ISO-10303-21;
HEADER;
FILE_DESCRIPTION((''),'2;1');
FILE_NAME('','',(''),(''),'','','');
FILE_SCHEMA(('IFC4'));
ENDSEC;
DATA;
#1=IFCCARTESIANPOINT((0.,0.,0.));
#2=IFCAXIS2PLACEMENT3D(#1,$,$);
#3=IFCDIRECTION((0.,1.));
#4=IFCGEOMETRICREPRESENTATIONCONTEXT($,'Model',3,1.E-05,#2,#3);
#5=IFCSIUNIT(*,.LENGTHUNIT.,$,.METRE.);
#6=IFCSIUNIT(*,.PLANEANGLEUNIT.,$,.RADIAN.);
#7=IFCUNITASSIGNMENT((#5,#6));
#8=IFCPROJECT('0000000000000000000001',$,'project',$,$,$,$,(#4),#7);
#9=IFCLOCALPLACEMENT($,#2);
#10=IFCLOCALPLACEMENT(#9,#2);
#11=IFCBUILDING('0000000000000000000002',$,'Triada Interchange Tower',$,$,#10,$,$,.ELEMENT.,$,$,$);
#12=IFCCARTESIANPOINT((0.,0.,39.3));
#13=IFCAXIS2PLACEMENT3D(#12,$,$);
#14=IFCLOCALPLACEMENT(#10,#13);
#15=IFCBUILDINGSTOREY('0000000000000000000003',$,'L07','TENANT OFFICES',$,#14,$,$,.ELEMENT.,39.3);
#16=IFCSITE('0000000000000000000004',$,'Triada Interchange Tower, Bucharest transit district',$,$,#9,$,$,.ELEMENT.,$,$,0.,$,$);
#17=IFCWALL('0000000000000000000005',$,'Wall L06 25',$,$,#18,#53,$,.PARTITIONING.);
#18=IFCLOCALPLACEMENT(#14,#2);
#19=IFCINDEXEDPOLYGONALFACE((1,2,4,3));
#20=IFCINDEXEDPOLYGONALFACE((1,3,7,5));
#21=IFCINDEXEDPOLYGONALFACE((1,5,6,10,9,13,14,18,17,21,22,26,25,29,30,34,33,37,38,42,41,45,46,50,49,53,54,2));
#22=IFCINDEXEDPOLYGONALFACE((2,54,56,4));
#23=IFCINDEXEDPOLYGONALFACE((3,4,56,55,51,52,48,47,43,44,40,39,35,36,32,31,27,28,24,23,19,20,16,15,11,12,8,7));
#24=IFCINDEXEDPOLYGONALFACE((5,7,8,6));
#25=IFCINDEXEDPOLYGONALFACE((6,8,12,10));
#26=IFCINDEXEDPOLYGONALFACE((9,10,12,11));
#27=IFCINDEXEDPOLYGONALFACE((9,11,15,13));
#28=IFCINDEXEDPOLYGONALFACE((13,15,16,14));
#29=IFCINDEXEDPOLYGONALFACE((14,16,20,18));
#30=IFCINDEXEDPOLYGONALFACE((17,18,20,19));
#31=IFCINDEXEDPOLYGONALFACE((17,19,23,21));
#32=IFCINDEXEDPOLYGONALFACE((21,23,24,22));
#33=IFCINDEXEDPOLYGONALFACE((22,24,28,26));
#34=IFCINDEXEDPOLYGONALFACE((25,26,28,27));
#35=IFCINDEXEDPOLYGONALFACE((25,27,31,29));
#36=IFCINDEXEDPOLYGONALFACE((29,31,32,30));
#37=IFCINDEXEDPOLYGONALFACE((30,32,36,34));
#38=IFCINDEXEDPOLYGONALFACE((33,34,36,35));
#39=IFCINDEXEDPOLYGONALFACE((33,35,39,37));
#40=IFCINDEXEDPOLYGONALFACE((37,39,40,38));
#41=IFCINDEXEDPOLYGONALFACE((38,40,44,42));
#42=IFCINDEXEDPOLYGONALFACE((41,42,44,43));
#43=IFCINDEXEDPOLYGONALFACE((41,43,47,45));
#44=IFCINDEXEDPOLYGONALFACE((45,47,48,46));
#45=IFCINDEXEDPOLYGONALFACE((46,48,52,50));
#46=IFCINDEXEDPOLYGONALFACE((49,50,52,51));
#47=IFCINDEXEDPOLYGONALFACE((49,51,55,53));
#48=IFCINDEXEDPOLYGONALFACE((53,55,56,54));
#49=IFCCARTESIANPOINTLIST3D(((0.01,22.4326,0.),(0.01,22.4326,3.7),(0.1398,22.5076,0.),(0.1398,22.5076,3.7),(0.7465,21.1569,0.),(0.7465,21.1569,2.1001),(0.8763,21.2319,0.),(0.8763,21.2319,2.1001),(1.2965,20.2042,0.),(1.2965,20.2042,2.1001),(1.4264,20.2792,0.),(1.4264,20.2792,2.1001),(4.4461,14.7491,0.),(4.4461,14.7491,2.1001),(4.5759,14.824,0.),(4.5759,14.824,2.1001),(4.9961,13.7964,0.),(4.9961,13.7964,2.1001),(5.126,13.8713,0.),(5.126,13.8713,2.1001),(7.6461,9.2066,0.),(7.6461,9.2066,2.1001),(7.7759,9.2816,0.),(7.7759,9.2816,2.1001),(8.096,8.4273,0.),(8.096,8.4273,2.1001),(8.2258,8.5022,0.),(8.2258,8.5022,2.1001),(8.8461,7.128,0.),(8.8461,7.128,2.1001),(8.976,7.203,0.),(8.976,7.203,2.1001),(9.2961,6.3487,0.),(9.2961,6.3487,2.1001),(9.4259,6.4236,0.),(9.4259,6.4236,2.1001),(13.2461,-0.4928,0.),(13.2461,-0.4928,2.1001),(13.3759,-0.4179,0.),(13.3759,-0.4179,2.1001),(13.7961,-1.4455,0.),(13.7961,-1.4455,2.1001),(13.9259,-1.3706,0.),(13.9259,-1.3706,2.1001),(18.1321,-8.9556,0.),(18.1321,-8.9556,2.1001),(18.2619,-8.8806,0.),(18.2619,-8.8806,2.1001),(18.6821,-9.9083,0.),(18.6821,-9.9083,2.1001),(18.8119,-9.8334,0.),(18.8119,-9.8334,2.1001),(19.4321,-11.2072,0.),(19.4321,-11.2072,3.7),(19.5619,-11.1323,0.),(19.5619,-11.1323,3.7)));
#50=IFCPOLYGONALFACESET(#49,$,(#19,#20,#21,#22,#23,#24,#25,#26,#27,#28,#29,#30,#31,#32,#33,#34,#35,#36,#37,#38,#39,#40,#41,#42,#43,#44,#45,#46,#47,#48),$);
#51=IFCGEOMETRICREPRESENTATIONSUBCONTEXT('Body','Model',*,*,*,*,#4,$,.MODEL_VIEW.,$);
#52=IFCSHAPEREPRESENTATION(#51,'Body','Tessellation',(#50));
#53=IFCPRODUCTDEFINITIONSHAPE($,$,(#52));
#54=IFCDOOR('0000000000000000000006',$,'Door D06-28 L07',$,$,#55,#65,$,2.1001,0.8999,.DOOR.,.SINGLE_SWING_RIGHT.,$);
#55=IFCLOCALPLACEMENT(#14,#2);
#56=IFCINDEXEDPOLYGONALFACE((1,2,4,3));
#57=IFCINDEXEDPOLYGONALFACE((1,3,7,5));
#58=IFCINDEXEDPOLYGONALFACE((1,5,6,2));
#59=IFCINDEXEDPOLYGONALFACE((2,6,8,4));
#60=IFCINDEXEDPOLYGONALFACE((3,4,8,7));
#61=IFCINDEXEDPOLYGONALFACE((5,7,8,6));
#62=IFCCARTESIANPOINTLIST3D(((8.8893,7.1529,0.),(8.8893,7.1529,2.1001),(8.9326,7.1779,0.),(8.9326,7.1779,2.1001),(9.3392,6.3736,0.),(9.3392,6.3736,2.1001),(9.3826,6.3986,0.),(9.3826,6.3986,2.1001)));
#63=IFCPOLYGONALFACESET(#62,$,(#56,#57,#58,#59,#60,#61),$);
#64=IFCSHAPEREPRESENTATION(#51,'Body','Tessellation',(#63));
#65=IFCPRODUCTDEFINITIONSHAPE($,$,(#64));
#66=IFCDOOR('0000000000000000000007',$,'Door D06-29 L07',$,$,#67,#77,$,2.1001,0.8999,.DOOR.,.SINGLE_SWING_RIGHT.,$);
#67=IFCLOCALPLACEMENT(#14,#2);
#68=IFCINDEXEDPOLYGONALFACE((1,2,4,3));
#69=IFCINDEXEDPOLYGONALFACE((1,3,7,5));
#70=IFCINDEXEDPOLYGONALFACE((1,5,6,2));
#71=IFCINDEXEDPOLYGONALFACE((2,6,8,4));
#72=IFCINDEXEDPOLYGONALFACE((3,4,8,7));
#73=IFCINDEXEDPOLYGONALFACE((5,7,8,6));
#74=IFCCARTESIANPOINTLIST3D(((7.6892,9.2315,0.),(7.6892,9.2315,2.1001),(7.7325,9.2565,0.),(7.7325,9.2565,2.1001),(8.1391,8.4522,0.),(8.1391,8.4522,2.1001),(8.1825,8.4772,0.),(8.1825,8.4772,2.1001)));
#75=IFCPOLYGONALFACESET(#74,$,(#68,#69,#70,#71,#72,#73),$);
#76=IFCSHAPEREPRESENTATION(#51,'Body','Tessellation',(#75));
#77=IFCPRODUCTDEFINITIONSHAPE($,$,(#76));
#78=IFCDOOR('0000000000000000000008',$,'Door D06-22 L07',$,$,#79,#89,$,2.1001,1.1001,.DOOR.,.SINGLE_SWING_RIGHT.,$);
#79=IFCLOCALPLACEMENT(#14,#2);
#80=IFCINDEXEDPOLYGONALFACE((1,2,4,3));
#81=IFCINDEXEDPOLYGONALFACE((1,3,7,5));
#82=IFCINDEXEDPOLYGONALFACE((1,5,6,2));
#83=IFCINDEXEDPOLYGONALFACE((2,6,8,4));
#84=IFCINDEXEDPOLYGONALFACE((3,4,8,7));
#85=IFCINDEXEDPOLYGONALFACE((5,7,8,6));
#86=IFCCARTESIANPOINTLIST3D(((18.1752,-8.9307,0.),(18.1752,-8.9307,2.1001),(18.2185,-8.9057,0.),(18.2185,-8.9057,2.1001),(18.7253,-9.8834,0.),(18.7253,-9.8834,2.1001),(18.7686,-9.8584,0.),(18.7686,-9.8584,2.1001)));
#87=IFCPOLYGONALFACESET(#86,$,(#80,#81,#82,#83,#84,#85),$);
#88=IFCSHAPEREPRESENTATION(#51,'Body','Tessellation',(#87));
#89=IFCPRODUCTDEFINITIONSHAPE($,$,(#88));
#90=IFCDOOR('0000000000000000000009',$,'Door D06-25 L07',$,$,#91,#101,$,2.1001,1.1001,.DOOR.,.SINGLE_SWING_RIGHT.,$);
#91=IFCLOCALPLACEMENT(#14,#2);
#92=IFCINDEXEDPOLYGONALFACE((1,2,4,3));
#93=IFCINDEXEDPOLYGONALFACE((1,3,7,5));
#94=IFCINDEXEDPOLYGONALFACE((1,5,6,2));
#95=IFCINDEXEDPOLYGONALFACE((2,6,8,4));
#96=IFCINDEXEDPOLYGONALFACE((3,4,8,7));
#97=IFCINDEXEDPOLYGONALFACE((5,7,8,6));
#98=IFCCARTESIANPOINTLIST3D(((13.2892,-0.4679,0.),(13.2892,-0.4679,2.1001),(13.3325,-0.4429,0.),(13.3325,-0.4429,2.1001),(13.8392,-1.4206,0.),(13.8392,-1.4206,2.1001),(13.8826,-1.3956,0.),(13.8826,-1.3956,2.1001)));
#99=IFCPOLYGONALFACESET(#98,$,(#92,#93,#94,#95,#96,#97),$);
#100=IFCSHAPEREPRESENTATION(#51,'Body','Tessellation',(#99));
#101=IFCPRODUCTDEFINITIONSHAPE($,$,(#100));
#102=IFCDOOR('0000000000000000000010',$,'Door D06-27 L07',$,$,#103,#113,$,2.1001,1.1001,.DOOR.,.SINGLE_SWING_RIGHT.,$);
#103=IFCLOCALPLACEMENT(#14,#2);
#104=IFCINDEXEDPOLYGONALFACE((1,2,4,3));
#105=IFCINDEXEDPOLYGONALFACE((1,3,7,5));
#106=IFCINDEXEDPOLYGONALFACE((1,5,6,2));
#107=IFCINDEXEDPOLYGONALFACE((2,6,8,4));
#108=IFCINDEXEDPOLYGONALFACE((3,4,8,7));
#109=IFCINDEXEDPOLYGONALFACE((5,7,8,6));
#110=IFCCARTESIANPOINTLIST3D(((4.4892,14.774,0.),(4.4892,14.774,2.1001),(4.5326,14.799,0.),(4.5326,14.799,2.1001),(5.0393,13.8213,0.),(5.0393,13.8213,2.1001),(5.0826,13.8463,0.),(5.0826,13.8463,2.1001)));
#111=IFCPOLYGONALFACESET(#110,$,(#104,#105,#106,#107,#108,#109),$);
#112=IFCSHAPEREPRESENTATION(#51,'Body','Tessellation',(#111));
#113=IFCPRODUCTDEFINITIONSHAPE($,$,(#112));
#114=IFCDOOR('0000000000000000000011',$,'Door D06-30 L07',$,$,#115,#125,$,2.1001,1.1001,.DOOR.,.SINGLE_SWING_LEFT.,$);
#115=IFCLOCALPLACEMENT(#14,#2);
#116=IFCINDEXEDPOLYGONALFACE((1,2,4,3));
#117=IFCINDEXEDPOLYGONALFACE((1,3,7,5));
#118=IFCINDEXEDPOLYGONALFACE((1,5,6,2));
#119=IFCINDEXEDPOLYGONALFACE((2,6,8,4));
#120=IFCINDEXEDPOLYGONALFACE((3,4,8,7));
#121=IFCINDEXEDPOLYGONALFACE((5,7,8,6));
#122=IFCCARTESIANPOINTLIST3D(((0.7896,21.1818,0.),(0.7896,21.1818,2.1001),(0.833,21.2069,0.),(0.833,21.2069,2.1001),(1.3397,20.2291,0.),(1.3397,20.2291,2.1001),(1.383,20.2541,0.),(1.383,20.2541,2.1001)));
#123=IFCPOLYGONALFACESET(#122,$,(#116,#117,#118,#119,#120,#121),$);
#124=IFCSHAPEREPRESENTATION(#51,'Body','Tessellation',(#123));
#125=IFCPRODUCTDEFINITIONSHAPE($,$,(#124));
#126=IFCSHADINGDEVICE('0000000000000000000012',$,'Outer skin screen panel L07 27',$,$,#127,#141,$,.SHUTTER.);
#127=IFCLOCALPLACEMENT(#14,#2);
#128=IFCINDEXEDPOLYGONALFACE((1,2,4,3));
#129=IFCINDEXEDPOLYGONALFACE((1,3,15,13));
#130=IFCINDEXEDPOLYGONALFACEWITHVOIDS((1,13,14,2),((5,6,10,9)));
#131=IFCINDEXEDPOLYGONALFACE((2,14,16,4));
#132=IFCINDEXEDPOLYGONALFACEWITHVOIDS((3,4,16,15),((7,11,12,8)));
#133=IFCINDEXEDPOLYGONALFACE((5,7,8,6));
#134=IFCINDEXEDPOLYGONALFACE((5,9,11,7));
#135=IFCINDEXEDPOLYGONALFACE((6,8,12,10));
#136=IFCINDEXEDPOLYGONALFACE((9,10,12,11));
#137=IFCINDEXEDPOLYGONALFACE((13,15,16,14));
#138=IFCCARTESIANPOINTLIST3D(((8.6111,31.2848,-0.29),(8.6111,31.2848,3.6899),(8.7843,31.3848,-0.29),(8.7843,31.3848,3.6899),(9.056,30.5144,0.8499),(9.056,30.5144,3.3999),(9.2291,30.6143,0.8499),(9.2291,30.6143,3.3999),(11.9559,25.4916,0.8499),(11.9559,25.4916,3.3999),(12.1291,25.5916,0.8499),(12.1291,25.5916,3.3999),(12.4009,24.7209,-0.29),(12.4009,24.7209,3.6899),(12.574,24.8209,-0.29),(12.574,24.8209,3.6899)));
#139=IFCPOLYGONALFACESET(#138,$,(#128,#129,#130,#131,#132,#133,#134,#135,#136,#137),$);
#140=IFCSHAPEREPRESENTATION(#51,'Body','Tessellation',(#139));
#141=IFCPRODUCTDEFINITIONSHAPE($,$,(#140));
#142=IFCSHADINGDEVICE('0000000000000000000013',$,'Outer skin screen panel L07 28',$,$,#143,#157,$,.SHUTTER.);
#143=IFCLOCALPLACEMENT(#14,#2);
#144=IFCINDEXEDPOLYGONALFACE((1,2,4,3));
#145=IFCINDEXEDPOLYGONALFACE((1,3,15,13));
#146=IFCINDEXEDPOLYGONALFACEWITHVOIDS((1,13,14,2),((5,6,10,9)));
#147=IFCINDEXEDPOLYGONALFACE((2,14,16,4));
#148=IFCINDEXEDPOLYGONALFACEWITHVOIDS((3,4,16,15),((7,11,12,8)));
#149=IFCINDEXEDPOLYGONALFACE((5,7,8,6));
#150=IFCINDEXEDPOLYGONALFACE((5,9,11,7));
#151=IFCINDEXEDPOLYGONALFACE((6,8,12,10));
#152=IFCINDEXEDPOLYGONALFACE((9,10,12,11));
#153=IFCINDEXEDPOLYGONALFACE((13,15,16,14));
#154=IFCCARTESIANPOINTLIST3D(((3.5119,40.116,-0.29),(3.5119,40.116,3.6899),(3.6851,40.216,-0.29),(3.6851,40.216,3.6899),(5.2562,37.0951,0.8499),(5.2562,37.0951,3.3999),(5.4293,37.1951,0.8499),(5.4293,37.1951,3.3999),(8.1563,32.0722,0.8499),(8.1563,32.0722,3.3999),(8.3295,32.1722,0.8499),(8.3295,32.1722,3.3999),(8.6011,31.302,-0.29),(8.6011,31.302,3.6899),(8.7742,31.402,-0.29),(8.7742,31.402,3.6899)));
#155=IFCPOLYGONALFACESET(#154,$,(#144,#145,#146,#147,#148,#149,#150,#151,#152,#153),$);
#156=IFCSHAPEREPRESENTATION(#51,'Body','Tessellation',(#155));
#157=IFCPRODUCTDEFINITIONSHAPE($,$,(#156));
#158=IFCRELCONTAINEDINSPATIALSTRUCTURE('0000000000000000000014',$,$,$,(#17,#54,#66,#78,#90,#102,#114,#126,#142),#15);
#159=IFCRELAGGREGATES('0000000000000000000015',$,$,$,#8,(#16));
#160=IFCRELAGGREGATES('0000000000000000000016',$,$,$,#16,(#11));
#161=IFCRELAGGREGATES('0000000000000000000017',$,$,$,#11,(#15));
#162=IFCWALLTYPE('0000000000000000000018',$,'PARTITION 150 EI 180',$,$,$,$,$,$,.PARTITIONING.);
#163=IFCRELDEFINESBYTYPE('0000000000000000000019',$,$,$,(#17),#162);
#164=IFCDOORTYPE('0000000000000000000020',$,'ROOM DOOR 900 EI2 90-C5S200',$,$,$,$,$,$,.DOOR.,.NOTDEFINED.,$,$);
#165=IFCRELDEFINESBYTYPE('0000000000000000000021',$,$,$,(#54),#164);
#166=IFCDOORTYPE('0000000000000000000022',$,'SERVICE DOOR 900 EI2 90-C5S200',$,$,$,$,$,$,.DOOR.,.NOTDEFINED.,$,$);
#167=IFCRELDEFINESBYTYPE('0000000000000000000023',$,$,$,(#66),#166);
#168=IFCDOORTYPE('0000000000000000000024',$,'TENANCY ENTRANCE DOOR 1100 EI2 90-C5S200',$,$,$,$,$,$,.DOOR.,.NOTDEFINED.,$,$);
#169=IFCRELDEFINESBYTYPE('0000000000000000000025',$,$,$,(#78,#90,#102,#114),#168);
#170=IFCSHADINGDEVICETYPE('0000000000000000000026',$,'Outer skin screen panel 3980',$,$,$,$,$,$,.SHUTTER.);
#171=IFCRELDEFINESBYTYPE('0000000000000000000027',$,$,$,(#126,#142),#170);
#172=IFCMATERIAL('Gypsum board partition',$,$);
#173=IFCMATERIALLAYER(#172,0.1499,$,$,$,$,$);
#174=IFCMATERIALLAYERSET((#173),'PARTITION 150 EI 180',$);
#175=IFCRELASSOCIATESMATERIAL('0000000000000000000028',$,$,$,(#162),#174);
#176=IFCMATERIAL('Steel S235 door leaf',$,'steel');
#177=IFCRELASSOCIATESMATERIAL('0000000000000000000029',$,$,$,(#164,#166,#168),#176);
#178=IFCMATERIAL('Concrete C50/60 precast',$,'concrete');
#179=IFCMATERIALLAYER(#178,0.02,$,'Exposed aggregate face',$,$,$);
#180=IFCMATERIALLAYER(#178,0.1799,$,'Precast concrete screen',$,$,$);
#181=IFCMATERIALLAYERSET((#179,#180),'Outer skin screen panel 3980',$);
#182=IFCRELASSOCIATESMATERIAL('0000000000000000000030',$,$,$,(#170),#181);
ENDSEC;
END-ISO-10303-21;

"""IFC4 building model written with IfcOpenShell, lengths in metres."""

from ifc_helpers import new_model, si_unit, direction, frame, frame_2d, origin, place, context, subcontext, project, spatial, polyline, rectangle, outline, extrude, material, layer, layer_set, type_object, element, fill, save


model = new_model("IFC4")

# Units and contexts
model_context = context("Model", 3, precision=1e-05, world=origin(), true_north=direction((0.0, 1.0)))
body_context = subcontext(model_context, "Body", "Model", "MODEL_VIEW")
ifc_project = project(units=[si_unit("LENGTHUNIT", "METRE"), si_unit("PLANEANGLEUNIT", "RADIAN")], contexts=[model_context])

# Site, building, storey
site_placement = place(None, origin())
site = spatial("IfcSite", under=ifc_project, at=site_placement, Name="Triada Interchange Tower, Bucharest transit district", CompositionType="ELEMENT", RefElevation=0.0)
building_placement = place(site_placement, origin())
building = spatial("IfcBuilding", under=site, at=building_placement, Name="Triada Interchange Tower", CompositionType="ELEMENT")
storey_placement = place(building_placement, frame((0.0, 0.0, 39.3)))
storey = spatial("IfcBuildingStorey", under=building, at=storey_placement, Name="L07", Description="TENANT OFFICES", CompositionType="ELEMENT", Elevation=39.3)

# Shared definitions
ifc_material_1 = material(Name="Gypsum board partition")
ifc_layer_1 = layer(ifc_material_1, 0.1499)
ifc_layer_set_1 = layer_set([ifc_layer_1], Name="PARTITION 150 EI 180")
wall_type_1 = type_object("IfcWallType", Name="PARTITION 150 EI 180", PredefinedType="PARTITIONING", material=ifc_layer_set_1)

# Wall, openings, doors
wall_1_placement = place(storey_placement, frame((0.075, 22.47, 0.0), z_axis=(0.0, 0.0, 1.0), x_axis=(0.500002, -0.866024, 0.0)))
wall_1 = element("IfcWall", 1, at=wall_1_placement, inside=storey, type_object=wall_type_1, Name="Wall L06 25", PredefinedType="PARTITIONING", context=body_context, shape_type="SweptSolid", body=[
    extrude(rectangle(XDim=38.844, YDim=0.1499, at=frame_2d((19.4219, 0.0))), origin(), (0.0, 0.0, 1.0), 3.7),
])
opening_1_placement = place(wall_1_placement, frame((36.2439, 0.0, 0.0)))
opening_1 = element("IfcOpeningElement", 2, at=opening_1_placement, cuts=wall_1, PredefinedType="OPENING", context=body_context, shape_type="SweptSolid", body=[
    extrude(rectangle(XDim=1.1001, YDim=2.1001, at=frame_2d((0.55, 1.05))), frame((0.0, 0.085, 0.0), z_axis=(0.0, -1.0, 0.0), x_axis=(1.0, 0.0, 0.0)), (0.0, 0.0, 1.0), 0.1699),
])
opening_2_placement = place(wall_1_placement, frame((26.4719, 0.0, 0.0)))
opening_2 = element("IfcOpeningElement", 3, at=opening_2_placement, cuts=wall_1, PredefinedType="OPENING", context=body_context, shape_type="SweptSolid", body=[
    extrude(rectangle(XDim=1.1001, YDim=2.1001, at=frame_2d((0.55, 1.05))), frame((0.0, 0.085, 0.0), z_axis=(0.0, -1.0, 0.0), x_axis=(1.0, 0.0, 0.0)), (0.0, 0.0, 1.0), 0.1699),
])
opening_3_placement = place(wall_1_placement, frame((8.8721, 0.0, 0.0)))
opening_3 = element("IfcOpeningElement", 4, at=opening_3_placement, cuts=wall_1, PredefinedType="OPENING", context=body_context, shape_type="SweptSolid", body=[
    extrude(rectangle(XDim=1.1001, YDim=2.1001, at=frame_2d((0.55, 1.05))), frame((0.0, 0.085, 0.0), z_axis=(0.0, -1.0, 0.0), x_axis=(1.0, 0.0, 0.0)), (0.0, 0.0, 1.0), 0.1699),
])
opening_4_placement = place(wall_1_placement, frame((17.6721, 0.0, 0.0)))
opening_4 = element("IfcOpeningElement", 5, at=opening_4_placement, cuts=wall_1, PredefinedType="OPENING", context=body_context, shape_type="SweptSolid", body=[
    extrude(rectangle(XDim=0.8999, YDim=2.1001, at=frame_2d((0.45, 1.05))), frame((0.0, 0.085, 0.0), z_axis=(0.0, -1.0, 0.0), x_axis=(1.0, 0.0, 0.0)), (0.0, 0.0, 1.0), 0.1699),
])
opening_5_placement = place(wall_1_placement, frame((15.272, 0.0, 0.0)))
opening_5 = element("IfcOpeningElement", 6, at=opening_5_placement, cuts=wall_1, PredefinedType="OPENING", context=body_context, shape_type="SweptSolid", body=[
    extrude(rectangle(XDim=0.8999, YDim=2.1001, at=frame_2d((0.45, 1.05))), frame((0.0, 0.085, 0.0), z_axis=(0.0, -1.0, 0.0), x_axis=(1.0, 0.0, 0.0)), (0.0, 0.0, 1.0), 0.1699),
])
opening_6_placement = place(wall_1_placement, frame((1.4729, 0.0, 0.0)))
opening_6 = element("IfcOpeningElement", 7, at=opening_6_placement, cuts=wall_1, PredefinedType="OPENING", context=body_context, shape_type="SweptSolid", body=[
    extrude(rectangle(XDim=1.1001, YDim=2.1001, at=frame_2d((0.55, 1.05))), frame((0.0, 0.085, 0.0), z_axis=(0.0, -1.0, 0.0), x_axis=(1.0, 0.0, 0.0)), (0.0, 0.0, 1.0), 0.1699),
])
ifc_material_2 = material(Name="Steel S235 door leaf", Category="steel")
door_type_1 = type_object("IfcDoorType", Name="ROOM DOOR 900 EI2 90-C5S200", OperationType="NOTDEFINED", PredefinedType="DOOR", material=ifc_material_2)
door_1_placement = place(opening_4_placement, origin())
door_1 = element("IfcDoor", 8, at=door_1_placement, inside=storey, type_object=door_type_1, Name="Door D06-28 L07", OperationType="SINGLE_SWING_RIGHT", OverallHeight=2.1001, OverallWidth=0.8999, PredefinedType="DOOR", context=body_context, shape_type="SweptSolid", body=[
    extrude(rectangle(XDim=0.8999, YDim=2.1001, at=frame_2d((0.45, 1.05))), frame((0.0, 0.0249, 0.0), z_axis=(0.0, -1.0, 0.0), x_axis=(1.0, 0.0, 0.0)), (0.0, 0.0, 1.0), 0.05),
])
fill(opening_4, door_1)
door_type_2 = type_object("IfcDoorType", Name="SERVICE DOOR 900 EI2 90-C5S200", OperationType="NOTDEFINED", PredefinedType="DOOR", material=ifc_material_2)
door_2_placement = place(opening_5_placement, origin())
door_2 = element("IfcDoor", 9, at=door_2_placement, inside=storey, type_object=door_type_2, Name="Door D06-29 L07", OperationType="SINGLE_SWING_RIGHT", OverallHeight=2.1001, OverallWidth=0.8999, PredefinedType="DOOR", context=body_context, shape_type="SweptSolid", body=[
    extrude(rectangle(XDim=0.8999, YDim=2.1001, at=frame_2d((0.45, 1.05))), frame((0.0, 0.0249, 0.0), z_axis=(0.0, -1.0, 0.0), x_axis=(1.0, 0.0, 0.0)), (0.0, 0.0, 1.0), 0.05),
])
fill(opening_5, door_2)
door_type_3 = type_object("IfcDoorType", Name="TENANCY ENTRANCE DOOR 1100 EI2 90-C5S200", OperationType="NOTDEFINED", PredefinedType="DOOR", material=ifc_material_2)
door_3_placement = place(opening_1_placement, origin())
door_3 = element("IfcDoor", 10, at=door_3_placement, inside=storey, type_object=door_type_3, Name="Door D06-22 L07", OperationType="SINGLE_SWING_RIGHT", OverallHeight=2.1001, OverallWidth=1.1001, PredefinedType="DOOR", context=body_context, shape_type="SweptSolid", body=[
    extrude(rectangle(XDim=1.1001, YDim=2.1001, at=frame_2d((0.55, 1.05))), frame((0.0, 0.0249, 0.0), z_axis=(0.0, -1.0, 0.0), x_axis=(1.0, 0.0, 0.0)), (0.0, 0.0, 1.0), 0.05),
])
fill(opening_1, door_3)
door_4_placement = place(opening_2_placement, origin())
door_4 = element("IfcDoor", 11, at=door_4_placement, inside=storey, type_object=door_type_3, Name="Door D06-25 L07", OperationType="SINGLE_SWING_RIGHT", OverallHeight=2.1001, OverallWidth=1.1001, PredefinedType="DOOR", context=body_context, shape_type="SweptSolid", body=[
    extrude(rectangle(XDim=1.1001, YDim=2.1001, at=frame_2d((0.55, 1.05))), frame((0.0, 0.0249, 0.0), z_axis=(0.0, -1.0, 0.0), x_axis=(1.0, 0.0, 0.0)), (0.0, 0.0, 1.0), 0.05),
])
fill(opening_2, door_4)
door_5_placement = place(opening_3_placement, origin())
door_5 = element("IfcDoor", 12, at=door_5_placement, inside=storey, type_object=door_type_3, Name="Door D06-27 L07", OperationType="SINGLE_SWING_RIGHT", OverallHeight=2.1001, OverallWidth=1.1001, PredefinedType="DOOR", context=body_context, shape_type="SweptSolid", body=[
    extrude(rectangle(XDim=1.1001, YDim=2.1001, at=frame_2d((0.55, 1.05))), frame((0.0, 0.0249, 0.0), z_axis=(0.0, -1.0, 0.0), x_axis=(1.0, 0.0, 0.0)), (0.0, 0.0, 1.0), 0.05),
])
fill(opening_3, door_5)
door_6_placement = place(opening_6_placement, origin())
door_6 = element("IfcDoor", 13, at=door_6_placement, inside=storey, type_object=door_type_3, Name="Door D06-30 L07", OperationType="SINGLE_SWING_LEFT", OverallHeight=2.1001, OverallWidth=1.1001, PredefinedType="DOOR", context=body_context, shape_type="SweptSolid", body=[
    extrude(rectangle(XDim=1.1001, YDim=2.1001, at=frame_2d((0.55, 1.05))), frame((0.0, 0.0249, 0.0), z_axis=(0.0, -1.0, 0.0), x_axis=(1.0, 0.0, 0.0)), (0.0, 0.0, 1.0), 0.05),
])
fill(opening_6, door_6)

# Shading devices
ifc_material_3 = material(Name="Concrete C50/60 precast", Category="concrete")
ifc_layer_2 = layer(ifc_material_3, 0.02, Name="Exposed aggregate face")
ifc_layer_3 = layer(ifc_material_3, 0.1799, Name="Precast concrete screen")
ifc_layer_set_2 = layer_set([ifc_layer_2, ifc_layer_3], Name="Outer skin screen panel 3980")
shading_device_type = type_object("IfcShadingDeviceType", Name="Outer skin screen panel 3980", PredefinedType="SHUTTER", material=ifc_layer_set_2)
shading_device_1_placement = place(storey_placement, frame((12.4009, 24.7209, -0.29), z_axis=(0.0, 0.0, 1.0), x_axis=(-0.500009, 0.86602, 0.0)))
element("IfcShadingDevice", 14, at=shading_device_1_placement, inside=storey, type_object=shading_device_type, Name="Outer skin screen panel L07 27", PredefinedType="SHUTTER", context=body_context, shape_type="SweptSolid", body=[
    extrude(outline(polyline([(0.0, 0.0), (7.5793, 0.0), (7.5793, 3.98), (0.0, 3.98), (0.0, 0.0)]), holes=[polyline([(0.8899, 1.1399), (0.8899, 3.6899), (6.6897, 3.6899), (6.6897, 1.1399), (0.8899, 1.1399)])]), frame((0.0, 0.0, 0.0), z_axis=(0.0, -1.0, 0.0), x_axis=(1.0, 0.0, 0.0)), (0.0, 0.0, 1.0), 0.2),
])
shading_device_2_placement = place(storey_placement, frame((8.6011, 31.302, -0.29), z_axis=(0.0, 0.0, 1.0), x_axis=(-0.500027, 0.86601, 0.0)))
element("IfcShadingDevice", 15, at=shading_device_2_placement, inside=storey, type_object=shading_device_type, Name="Outer skin screen panel L07 28", PredefinedType="SHUTTER", context=body_context, shape_type="SweptSolid", body=[
    extrude(outline(polyline([(0.0, 0.0), (10.1777, 0.0), (10.1777, 3.98), (0.0, 3.98), (0.0, 0.0)]), holes=[polyline([(0.8894, 1.1399), (0.8894, 3.6899), (6.6895, 3.6899), (6.6895, 1.1399), (0.8894, 1.1399)])]), frame((0.0, 0.0, 0.0), z_axis=(0.0, -1.0, 0.0), x_axis=(1.0, 0.0, 0.0)), (0.0, 0.0, 1.0), 0.2),
])

save(model, "model.ifc")
